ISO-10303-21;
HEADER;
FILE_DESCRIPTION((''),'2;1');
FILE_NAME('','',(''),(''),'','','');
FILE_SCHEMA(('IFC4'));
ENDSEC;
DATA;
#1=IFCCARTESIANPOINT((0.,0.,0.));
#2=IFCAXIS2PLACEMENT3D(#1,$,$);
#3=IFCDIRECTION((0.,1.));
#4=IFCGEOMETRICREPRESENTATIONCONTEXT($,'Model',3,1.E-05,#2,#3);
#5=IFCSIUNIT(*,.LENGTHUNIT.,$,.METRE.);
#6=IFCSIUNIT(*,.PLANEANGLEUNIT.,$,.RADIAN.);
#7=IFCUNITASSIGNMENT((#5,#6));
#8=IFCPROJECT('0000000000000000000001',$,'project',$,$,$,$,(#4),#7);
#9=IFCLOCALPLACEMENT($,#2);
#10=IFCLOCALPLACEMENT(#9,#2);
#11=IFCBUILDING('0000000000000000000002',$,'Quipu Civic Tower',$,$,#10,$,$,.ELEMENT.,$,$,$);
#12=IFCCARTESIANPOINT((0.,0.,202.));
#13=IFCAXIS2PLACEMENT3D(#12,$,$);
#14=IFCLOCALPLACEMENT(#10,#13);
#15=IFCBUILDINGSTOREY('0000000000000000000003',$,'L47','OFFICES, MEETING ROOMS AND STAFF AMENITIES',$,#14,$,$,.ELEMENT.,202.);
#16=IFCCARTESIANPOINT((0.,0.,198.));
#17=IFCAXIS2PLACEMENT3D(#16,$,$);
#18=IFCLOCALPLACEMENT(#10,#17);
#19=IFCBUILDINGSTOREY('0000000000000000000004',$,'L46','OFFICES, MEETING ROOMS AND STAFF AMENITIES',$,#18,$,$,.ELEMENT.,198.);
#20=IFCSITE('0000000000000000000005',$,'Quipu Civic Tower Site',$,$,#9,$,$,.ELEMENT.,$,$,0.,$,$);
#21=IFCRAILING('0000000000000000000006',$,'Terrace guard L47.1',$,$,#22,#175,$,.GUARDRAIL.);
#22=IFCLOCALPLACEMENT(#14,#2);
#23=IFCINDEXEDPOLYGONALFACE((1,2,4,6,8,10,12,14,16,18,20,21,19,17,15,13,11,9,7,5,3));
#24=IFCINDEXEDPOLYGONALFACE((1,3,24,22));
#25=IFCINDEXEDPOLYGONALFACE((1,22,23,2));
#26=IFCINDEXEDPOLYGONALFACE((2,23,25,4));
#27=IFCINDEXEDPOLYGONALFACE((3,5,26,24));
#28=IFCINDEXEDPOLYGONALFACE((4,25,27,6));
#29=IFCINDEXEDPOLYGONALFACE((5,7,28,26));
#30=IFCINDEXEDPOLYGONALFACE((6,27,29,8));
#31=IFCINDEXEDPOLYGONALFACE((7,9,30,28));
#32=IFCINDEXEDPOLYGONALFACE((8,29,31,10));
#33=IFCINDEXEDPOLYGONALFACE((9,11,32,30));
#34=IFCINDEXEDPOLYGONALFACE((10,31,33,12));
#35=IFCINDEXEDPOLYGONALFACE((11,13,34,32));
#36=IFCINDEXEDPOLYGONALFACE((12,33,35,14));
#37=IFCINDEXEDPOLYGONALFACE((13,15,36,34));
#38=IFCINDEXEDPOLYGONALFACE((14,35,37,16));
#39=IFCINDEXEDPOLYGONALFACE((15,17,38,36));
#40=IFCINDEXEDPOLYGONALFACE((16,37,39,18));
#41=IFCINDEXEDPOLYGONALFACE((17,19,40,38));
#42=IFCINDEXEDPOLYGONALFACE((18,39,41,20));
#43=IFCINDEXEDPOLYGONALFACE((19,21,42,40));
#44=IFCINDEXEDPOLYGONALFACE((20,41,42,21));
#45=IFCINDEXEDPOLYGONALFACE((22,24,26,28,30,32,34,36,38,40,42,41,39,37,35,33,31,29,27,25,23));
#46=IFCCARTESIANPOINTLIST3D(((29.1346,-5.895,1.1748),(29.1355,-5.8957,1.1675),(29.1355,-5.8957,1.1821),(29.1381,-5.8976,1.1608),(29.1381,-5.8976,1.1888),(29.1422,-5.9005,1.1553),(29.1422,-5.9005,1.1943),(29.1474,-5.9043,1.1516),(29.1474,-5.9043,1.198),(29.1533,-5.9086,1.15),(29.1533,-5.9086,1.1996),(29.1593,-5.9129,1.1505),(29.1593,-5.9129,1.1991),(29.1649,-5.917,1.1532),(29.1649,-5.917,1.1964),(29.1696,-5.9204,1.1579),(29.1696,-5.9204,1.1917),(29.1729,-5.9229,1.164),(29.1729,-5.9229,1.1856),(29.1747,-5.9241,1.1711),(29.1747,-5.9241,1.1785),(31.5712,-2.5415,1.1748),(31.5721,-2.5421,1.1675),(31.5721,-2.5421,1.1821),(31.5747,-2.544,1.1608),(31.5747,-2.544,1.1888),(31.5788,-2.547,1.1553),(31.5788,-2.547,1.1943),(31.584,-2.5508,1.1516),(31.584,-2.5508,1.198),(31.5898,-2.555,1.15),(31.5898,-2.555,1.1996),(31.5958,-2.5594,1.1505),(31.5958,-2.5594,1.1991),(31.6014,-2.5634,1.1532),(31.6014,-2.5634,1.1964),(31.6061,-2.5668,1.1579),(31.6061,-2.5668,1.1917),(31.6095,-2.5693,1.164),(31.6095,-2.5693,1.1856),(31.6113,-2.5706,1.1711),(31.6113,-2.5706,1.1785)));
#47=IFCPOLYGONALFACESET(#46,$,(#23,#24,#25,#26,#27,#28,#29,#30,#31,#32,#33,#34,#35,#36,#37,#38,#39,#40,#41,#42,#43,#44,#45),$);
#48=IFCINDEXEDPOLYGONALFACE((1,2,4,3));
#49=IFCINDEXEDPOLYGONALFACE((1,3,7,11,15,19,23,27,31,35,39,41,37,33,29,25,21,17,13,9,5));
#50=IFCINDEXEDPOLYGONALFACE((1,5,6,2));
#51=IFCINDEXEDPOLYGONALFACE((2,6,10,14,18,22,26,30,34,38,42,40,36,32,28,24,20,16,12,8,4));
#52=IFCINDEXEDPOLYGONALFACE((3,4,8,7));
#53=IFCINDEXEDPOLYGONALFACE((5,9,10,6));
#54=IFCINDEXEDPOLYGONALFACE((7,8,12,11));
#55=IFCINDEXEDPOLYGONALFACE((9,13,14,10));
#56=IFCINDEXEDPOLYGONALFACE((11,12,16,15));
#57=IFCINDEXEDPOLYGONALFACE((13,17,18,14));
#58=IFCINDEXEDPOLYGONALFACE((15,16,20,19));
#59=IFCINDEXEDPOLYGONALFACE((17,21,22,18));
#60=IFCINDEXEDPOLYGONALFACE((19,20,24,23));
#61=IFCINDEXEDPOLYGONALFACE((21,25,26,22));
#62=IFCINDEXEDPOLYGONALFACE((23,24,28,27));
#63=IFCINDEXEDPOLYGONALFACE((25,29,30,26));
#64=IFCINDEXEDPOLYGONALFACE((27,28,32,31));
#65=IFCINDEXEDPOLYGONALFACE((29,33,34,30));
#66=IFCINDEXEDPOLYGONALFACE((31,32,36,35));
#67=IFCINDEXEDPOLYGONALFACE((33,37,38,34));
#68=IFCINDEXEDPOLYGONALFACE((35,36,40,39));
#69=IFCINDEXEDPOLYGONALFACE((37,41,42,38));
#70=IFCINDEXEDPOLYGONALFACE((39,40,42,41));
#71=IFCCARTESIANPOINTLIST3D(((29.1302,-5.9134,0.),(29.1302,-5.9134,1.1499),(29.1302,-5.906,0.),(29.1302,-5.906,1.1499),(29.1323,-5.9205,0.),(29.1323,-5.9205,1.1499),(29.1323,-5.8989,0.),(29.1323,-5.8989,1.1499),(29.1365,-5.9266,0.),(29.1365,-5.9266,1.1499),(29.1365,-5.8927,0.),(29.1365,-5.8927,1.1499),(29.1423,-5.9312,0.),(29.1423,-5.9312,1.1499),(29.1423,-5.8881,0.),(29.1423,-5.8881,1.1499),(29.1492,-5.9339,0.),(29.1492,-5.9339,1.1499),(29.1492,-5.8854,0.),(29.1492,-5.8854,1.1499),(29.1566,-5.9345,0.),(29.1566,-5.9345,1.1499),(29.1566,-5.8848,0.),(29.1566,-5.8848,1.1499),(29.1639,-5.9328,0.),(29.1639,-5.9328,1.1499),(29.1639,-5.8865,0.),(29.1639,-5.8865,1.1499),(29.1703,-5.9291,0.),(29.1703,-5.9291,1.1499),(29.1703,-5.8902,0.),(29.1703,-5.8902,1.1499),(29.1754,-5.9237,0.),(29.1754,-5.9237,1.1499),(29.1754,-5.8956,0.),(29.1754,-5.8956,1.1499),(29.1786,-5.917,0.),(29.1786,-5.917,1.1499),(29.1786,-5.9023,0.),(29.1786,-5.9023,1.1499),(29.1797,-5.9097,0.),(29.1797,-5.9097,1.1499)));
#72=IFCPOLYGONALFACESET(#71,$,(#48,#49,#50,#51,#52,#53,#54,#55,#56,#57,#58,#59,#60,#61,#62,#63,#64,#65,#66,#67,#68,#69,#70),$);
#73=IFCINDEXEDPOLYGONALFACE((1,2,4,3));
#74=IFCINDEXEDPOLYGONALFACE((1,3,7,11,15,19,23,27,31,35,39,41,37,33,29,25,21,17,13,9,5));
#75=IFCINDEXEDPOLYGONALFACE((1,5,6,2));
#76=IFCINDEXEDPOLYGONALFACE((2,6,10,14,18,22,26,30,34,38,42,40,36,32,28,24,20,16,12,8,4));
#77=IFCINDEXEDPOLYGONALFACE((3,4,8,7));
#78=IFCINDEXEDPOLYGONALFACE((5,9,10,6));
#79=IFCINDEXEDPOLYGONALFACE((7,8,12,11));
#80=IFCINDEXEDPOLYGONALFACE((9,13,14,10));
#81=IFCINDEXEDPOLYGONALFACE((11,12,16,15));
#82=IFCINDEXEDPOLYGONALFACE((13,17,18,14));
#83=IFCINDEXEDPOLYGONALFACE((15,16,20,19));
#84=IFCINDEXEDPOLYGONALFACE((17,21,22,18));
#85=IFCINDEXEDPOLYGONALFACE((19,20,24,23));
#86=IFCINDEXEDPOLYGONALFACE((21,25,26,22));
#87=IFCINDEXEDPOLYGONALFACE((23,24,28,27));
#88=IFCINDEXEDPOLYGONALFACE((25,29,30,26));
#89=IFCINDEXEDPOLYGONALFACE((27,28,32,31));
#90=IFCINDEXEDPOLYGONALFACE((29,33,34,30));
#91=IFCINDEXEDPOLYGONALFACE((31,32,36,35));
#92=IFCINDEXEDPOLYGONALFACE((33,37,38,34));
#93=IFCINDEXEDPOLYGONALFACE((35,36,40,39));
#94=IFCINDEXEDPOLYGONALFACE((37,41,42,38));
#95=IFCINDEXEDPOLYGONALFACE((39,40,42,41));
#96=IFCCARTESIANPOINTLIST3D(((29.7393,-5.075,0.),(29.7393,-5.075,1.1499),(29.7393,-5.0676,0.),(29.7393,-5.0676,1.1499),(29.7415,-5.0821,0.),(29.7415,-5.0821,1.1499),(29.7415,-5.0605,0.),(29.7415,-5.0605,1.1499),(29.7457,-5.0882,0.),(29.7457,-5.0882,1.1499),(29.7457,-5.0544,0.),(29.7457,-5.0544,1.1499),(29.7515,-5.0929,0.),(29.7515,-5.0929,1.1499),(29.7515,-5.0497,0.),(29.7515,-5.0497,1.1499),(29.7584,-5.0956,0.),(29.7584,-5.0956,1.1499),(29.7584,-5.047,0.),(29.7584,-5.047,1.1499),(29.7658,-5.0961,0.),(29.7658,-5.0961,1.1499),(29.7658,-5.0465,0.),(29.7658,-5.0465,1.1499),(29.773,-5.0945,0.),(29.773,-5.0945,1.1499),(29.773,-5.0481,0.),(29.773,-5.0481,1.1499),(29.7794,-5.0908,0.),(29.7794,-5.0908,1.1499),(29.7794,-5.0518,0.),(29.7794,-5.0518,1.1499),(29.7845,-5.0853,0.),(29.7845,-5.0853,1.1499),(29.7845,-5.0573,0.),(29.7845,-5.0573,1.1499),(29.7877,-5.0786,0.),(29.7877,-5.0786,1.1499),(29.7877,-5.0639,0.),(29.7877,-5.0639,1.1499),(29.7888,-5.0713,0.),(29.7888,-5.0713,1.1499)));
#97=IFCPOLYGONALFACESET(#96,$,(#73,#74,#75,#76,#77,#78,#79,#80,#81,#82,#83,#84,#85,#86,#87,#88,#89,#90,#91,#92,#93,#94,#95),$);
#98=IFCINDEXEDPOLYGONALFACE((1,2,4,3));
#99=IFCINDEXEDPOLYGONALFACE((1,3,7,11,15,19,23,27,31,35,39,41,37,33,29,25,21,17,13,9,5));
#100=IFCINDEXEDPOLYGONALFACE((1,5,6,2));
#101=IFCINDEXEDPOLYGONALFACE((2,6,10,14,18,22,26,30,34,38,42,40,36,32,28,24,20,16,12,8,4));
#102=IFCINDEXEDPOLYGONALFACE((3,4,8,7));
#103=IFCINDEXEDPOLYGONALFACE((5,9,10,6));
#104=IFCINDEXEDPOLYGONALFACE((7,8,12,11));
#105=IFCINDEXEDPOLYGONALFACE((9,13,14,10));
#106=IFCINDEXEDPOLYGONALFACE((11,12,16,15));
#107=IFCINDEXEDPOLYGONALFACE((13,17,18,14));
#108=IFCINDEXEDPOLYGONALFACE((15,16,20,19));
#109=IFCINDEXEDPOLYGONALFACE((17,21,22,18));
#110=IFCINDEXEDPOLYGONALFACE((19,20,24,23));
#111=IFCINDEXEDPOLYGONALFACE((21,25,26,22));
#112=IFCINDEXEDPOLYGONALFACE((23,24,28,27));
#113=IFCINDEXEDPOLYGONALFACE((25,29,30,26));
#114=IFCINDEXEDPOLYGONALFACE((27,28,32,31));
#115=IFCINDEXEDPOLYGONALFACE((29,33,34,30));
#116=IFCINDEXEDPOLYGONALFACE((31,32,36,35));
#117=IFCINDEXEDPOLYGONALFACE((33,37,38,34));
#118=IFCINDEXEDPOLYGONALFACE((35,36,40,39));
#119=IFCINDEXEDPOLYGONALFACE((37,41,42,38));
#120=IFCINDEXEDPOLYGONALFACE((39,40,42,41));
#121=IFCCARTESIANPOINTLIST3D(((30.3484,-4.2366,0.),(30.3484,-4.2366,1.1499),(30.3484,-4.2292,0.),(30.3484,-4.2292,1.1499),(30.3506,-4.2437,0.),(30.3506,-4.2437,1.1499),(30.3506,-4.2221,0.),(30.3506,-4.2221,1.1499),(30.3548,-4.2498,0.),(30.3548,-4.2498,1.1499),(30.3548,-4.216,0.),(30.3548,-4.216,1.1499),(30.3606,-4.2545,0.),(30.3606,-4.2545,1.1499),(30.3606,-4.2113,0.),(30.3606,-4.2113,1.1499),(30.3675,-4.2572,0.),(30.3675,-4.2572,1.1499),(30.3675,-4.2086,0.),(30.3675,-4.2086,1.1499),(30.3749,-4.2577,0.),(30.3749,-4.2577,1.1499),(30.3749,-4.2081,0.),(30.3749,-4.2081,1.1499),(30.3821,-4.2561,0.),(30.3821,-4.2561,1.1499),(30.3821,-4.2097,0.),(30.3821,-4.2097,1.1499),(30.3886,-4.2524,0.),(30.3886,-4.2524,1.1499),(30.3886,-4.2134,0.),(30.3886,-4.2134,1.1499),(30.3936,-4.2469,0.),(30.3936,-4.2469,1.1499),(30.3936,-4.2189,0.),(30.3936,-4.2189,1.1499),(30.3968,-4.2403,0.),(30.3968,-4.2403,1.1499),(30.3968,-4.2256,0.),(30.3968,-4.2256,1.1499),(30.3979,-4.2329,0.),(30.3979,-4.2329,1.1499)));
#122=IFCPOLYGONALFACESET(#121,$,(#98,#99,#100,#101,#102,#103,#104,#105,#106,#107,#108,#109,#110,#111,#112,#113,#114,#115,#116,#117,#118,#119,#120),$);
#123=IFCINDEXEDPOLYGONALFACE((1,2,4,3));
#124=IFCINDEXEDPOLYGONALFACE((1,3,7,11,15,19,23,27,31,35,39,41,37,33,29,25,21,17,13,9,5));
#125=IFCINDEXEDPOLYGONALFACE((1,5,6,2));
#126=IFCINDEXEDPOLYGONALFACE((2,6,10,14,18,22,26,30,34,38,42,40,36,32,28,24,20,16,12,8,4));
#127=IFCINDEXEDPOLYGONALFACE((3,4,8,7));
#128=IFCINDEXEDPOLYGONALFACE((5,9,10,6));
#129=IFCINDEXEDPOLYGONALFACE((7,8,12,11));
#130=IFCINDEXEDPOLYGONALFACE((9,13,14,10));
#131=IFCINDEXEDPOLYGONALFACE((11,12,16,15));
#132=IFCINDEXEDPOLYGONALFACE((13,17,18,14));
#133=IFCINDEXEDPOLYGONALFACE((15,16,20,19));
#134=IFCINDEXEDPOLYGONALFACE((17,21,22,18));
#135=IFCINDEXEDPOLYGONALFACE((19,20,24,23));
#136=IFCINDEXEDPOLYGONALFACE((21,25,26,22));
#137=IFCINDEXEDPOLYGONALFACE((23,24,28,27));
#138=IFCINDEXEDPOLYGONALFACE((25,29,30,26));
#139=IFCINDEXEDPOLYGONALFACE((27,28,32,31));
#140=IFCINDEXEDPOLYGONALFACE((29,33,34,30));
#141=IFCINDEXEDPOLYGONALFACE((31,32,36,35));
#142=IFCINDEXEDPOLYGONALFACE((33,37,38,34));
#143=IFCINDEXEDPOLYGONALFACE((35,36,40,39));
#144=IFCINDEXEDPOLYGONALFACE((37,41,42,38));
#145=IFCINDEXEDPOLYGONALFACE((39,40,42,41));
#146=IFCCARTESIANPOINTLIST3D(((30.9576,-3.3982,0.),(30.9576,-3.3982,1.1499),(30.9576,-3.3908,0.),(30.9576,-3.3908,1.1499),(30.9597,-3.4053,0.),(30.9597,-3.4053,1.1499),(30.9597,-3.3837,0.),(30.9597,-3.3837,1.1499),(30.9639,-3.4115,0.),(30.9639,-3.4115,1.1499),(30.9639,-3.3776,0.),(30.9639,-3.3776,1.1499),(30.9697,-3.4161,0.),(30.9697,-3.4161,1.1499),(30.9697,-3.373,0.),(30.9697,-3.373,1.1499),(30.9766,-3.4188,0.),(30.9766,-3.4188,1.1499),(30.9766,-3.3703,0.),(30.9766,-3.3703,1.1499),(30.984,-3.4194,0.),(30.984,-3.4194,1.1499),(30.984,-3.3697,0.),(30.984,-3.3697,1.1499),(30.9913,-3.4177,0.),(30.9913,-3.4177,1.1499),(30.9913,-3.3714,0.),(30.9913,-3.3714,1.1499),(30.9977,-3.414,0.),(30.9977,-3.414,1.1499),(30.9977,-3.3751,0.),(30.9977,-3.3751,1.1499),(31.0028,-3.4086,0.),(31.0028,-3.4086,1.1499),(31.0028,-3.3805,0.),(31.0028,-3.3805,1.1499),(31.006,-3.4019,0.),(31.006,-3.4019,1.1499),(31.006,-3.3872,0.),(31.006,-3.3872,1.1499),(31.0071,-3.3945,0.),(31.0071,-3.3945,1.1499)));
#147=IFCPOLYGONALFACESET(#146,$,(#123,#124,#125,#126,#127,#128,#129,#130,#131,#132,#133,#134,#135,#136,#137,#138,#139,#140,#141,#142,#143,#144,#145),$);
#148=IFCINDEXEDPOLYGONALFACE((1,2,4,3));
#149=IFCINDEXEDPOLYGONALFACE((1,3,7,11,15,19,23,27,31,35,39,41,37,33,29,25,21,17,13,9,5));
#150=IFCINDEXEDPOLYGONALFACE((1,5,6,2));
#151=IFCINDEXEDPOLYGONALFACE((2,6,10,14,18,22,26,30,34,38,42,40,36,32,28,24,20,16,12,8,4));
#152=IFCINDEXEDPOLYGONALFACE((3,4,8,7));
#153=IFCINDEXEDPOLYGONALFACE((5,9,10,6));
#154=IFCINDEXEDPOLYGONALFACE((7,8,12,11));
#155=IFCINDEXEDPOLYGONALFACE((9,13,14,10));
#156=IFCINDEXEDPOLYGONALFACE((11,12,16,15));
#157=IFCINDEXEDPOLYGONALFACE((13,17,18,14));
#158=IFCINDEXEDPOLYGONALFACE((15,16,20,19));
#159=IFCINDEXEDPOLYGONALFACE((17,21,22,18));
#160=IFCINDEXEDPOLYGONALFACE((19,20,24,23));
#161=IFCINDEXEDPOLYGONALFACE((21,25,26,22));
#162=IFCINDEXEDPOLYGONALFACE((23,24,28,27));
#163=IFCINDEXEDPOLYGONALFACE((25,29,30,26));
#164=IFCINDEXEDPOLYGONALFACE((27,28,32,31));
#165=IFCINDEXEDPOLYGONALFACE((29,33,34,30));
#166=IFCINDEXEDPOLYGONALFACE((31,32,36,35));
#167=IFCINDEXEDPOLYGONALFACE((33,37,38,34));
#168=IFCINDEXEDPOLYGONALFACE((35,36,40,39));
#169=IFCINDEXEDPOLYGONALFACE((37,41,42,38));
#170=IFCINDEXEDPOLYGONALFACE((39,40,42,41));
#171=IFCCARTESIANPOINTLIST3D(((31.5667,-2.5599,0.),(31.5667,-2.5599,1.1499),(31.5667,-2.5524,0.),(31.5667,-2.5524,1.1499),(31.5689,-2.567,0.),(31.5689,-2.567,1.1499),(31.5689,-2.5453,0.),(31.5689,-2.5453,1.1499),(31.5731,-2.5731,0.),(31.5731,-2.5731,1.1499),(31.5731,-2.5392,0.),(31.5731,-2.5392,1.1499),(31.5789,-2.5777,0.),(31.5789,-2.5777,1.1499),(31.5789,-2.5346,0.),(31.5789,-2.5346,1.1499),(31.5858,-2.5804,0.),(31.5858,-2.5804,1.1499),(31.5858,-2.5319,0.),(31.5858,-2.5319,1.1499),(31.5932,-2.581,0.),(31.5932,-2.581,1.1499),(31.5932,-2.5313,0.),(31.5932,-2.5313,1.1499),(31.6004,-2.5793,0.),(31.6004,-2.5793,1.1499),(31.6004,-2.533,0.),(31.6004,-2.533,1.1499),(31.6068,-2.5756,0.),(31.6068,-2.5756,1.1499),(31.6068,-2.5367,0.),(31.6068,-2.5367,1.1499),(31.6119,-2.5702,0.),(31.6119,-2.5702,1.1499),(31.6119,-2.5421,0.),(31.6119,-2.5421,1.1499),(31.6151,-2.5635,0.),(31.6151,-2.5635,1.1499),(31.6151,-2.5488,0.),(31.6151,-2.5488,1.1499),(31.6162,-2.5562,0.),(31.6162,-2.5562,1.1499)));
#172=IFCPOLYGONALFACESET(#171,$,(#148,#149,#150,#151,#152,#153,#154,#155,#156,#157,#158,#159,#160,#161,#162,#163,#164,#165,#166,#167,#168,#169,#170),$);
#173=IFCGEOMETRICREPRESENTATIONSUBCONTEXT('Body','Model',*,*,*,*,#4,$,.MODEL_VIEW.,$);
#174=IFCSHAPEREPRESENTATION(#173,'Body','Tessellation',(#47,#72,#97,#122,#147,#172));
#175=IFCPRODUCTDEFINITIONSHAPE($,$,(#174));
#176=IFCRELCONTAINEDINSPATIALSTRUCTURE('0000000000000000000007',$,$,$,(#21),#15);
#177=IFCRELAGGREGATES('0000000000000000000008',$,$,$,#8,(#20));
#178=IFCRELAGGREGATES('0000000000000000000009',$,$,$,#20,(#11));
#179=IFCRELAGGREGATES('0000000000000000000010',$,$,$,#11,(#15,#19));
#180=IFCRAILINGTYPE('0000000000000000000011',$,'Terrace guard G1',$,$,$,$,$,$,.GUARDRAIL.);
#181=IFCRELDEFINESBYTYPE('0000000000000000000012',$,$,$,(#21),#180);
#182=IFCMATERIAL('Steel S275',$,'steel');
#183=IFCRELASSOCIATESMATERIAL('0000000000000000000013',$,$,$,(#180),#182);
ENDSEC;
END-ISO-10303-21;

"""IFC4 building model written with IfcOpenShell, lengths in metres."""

from ifc_helpers import new_model, si_unit, direction, frame, origin, origin_2d, place, context, subcontext, project, spatial, circle, extrude, material, type_object, element, save


model = new_model("IFC4")

# Units and contexts
model_context = context("Model", 3, precision=1e-05, world=origin(), true_north=direction((0.0, 1.0)))
body_context = subcontext(model_context, "Body", "Model", "MODEL_VIEW")
ifc_project = project(units=[si_unit("LENGTHUNIT", "METRE"), si_unit("PLANEANGLEUNIT", "RADIAN")], contexts=[model_context])

# Site, building, storey
site_placement = place(None, origin())
site = spatial("IfcSite", under=ifc_project, at=site_placement, Name="Quipu Civic Tower Site", CompositionType="ELEMENT", RefElevation=0.0)
building_placement = place(site_placement, origin())
building = spatial("IfcBuilding", under=site, at=building_placement, Name="Quipu Civic Tower", CompositionType="ELEMENT")
storey_1_placement = place(building_placement, frame((0.0, 0.0, 202.0)))
storey_1 = spatial("IfcBuildingStorey", under=building, at=storey_1_placement, Name="L47", Description="OFFICES, MEETING ROOMS AND STAFF AMENITIES", CompositionType="ELEMENT", Elevation=202.0)

# Shared definitions
storey_2_placement = place(building_placement, frame((0.0, 0.0, 198.0)))
storey_2 = spatial("IfcBuildingStorey", under=building, at=storey_2_placement, Name="L46", Description="OFFICES, MEETING ROOMS AND STAFF AMENITIES", CompositionType="ELEMENT", Elevation=198.0)

# Railing
ifc_material_1 = material(Name="Steel S275", Category="steel")
railing_type = type_object("IfcRailingType", Name="Terrace guard G1", PredefinedType="GUARDRAIL", material=ifc_material_1)
railing_1_placement = place(storey_1_placement, frame((29.1548, -5.9097, 0.0)))
element("IfcRailing", 1, at=railing_1_placement, inside=storey_1, type_object=railing_type, Name="Terrace guard L47.1", PredefinedType="GUARDRAIL", context=body_context, shape_type="SweptSolid", body=[
    extrude(circle(Radius=0.0249, at=origin_2d()), frame((0.0, 0.0, 1.1748), z_axis=(0.587793, 0.809011, 0.0), x_axis=(-0.809011, 0.587793, 0.0)), (0.0, 0.0, 1.0), 4.1453),
    extrude(circle(Radius=0.0249, at=origin_2d()), origin(), (0.0, 0.0, 1.0), 1.1499),
    extrude(circle(Radius=0.0249, at=origin_2d()), frame((0.6091, 0.8384, 0.0)), (0.0, 0.0, 1.0), 1.1499),
    extrude(circle(Radius=0.0249, at=origin_2d()), frame((1.2183, 1.6768, 0.0)), (0.0, 0.0, 1.0), 1.1499),
    extrude(circle(Radius=0.0249, at=origin_2d()), frame((1.8274, 2.5151, 0.0)), (0.0, 0.0, 1.0), 1.1499),
    extrude(circle(Radius=0.0249, at=origin_2d()), frame((2.4365, 3.3535, 0.0)), (0.0, 0.0, 1.0), 1.1499),
])

save(model, "model.ifc")
